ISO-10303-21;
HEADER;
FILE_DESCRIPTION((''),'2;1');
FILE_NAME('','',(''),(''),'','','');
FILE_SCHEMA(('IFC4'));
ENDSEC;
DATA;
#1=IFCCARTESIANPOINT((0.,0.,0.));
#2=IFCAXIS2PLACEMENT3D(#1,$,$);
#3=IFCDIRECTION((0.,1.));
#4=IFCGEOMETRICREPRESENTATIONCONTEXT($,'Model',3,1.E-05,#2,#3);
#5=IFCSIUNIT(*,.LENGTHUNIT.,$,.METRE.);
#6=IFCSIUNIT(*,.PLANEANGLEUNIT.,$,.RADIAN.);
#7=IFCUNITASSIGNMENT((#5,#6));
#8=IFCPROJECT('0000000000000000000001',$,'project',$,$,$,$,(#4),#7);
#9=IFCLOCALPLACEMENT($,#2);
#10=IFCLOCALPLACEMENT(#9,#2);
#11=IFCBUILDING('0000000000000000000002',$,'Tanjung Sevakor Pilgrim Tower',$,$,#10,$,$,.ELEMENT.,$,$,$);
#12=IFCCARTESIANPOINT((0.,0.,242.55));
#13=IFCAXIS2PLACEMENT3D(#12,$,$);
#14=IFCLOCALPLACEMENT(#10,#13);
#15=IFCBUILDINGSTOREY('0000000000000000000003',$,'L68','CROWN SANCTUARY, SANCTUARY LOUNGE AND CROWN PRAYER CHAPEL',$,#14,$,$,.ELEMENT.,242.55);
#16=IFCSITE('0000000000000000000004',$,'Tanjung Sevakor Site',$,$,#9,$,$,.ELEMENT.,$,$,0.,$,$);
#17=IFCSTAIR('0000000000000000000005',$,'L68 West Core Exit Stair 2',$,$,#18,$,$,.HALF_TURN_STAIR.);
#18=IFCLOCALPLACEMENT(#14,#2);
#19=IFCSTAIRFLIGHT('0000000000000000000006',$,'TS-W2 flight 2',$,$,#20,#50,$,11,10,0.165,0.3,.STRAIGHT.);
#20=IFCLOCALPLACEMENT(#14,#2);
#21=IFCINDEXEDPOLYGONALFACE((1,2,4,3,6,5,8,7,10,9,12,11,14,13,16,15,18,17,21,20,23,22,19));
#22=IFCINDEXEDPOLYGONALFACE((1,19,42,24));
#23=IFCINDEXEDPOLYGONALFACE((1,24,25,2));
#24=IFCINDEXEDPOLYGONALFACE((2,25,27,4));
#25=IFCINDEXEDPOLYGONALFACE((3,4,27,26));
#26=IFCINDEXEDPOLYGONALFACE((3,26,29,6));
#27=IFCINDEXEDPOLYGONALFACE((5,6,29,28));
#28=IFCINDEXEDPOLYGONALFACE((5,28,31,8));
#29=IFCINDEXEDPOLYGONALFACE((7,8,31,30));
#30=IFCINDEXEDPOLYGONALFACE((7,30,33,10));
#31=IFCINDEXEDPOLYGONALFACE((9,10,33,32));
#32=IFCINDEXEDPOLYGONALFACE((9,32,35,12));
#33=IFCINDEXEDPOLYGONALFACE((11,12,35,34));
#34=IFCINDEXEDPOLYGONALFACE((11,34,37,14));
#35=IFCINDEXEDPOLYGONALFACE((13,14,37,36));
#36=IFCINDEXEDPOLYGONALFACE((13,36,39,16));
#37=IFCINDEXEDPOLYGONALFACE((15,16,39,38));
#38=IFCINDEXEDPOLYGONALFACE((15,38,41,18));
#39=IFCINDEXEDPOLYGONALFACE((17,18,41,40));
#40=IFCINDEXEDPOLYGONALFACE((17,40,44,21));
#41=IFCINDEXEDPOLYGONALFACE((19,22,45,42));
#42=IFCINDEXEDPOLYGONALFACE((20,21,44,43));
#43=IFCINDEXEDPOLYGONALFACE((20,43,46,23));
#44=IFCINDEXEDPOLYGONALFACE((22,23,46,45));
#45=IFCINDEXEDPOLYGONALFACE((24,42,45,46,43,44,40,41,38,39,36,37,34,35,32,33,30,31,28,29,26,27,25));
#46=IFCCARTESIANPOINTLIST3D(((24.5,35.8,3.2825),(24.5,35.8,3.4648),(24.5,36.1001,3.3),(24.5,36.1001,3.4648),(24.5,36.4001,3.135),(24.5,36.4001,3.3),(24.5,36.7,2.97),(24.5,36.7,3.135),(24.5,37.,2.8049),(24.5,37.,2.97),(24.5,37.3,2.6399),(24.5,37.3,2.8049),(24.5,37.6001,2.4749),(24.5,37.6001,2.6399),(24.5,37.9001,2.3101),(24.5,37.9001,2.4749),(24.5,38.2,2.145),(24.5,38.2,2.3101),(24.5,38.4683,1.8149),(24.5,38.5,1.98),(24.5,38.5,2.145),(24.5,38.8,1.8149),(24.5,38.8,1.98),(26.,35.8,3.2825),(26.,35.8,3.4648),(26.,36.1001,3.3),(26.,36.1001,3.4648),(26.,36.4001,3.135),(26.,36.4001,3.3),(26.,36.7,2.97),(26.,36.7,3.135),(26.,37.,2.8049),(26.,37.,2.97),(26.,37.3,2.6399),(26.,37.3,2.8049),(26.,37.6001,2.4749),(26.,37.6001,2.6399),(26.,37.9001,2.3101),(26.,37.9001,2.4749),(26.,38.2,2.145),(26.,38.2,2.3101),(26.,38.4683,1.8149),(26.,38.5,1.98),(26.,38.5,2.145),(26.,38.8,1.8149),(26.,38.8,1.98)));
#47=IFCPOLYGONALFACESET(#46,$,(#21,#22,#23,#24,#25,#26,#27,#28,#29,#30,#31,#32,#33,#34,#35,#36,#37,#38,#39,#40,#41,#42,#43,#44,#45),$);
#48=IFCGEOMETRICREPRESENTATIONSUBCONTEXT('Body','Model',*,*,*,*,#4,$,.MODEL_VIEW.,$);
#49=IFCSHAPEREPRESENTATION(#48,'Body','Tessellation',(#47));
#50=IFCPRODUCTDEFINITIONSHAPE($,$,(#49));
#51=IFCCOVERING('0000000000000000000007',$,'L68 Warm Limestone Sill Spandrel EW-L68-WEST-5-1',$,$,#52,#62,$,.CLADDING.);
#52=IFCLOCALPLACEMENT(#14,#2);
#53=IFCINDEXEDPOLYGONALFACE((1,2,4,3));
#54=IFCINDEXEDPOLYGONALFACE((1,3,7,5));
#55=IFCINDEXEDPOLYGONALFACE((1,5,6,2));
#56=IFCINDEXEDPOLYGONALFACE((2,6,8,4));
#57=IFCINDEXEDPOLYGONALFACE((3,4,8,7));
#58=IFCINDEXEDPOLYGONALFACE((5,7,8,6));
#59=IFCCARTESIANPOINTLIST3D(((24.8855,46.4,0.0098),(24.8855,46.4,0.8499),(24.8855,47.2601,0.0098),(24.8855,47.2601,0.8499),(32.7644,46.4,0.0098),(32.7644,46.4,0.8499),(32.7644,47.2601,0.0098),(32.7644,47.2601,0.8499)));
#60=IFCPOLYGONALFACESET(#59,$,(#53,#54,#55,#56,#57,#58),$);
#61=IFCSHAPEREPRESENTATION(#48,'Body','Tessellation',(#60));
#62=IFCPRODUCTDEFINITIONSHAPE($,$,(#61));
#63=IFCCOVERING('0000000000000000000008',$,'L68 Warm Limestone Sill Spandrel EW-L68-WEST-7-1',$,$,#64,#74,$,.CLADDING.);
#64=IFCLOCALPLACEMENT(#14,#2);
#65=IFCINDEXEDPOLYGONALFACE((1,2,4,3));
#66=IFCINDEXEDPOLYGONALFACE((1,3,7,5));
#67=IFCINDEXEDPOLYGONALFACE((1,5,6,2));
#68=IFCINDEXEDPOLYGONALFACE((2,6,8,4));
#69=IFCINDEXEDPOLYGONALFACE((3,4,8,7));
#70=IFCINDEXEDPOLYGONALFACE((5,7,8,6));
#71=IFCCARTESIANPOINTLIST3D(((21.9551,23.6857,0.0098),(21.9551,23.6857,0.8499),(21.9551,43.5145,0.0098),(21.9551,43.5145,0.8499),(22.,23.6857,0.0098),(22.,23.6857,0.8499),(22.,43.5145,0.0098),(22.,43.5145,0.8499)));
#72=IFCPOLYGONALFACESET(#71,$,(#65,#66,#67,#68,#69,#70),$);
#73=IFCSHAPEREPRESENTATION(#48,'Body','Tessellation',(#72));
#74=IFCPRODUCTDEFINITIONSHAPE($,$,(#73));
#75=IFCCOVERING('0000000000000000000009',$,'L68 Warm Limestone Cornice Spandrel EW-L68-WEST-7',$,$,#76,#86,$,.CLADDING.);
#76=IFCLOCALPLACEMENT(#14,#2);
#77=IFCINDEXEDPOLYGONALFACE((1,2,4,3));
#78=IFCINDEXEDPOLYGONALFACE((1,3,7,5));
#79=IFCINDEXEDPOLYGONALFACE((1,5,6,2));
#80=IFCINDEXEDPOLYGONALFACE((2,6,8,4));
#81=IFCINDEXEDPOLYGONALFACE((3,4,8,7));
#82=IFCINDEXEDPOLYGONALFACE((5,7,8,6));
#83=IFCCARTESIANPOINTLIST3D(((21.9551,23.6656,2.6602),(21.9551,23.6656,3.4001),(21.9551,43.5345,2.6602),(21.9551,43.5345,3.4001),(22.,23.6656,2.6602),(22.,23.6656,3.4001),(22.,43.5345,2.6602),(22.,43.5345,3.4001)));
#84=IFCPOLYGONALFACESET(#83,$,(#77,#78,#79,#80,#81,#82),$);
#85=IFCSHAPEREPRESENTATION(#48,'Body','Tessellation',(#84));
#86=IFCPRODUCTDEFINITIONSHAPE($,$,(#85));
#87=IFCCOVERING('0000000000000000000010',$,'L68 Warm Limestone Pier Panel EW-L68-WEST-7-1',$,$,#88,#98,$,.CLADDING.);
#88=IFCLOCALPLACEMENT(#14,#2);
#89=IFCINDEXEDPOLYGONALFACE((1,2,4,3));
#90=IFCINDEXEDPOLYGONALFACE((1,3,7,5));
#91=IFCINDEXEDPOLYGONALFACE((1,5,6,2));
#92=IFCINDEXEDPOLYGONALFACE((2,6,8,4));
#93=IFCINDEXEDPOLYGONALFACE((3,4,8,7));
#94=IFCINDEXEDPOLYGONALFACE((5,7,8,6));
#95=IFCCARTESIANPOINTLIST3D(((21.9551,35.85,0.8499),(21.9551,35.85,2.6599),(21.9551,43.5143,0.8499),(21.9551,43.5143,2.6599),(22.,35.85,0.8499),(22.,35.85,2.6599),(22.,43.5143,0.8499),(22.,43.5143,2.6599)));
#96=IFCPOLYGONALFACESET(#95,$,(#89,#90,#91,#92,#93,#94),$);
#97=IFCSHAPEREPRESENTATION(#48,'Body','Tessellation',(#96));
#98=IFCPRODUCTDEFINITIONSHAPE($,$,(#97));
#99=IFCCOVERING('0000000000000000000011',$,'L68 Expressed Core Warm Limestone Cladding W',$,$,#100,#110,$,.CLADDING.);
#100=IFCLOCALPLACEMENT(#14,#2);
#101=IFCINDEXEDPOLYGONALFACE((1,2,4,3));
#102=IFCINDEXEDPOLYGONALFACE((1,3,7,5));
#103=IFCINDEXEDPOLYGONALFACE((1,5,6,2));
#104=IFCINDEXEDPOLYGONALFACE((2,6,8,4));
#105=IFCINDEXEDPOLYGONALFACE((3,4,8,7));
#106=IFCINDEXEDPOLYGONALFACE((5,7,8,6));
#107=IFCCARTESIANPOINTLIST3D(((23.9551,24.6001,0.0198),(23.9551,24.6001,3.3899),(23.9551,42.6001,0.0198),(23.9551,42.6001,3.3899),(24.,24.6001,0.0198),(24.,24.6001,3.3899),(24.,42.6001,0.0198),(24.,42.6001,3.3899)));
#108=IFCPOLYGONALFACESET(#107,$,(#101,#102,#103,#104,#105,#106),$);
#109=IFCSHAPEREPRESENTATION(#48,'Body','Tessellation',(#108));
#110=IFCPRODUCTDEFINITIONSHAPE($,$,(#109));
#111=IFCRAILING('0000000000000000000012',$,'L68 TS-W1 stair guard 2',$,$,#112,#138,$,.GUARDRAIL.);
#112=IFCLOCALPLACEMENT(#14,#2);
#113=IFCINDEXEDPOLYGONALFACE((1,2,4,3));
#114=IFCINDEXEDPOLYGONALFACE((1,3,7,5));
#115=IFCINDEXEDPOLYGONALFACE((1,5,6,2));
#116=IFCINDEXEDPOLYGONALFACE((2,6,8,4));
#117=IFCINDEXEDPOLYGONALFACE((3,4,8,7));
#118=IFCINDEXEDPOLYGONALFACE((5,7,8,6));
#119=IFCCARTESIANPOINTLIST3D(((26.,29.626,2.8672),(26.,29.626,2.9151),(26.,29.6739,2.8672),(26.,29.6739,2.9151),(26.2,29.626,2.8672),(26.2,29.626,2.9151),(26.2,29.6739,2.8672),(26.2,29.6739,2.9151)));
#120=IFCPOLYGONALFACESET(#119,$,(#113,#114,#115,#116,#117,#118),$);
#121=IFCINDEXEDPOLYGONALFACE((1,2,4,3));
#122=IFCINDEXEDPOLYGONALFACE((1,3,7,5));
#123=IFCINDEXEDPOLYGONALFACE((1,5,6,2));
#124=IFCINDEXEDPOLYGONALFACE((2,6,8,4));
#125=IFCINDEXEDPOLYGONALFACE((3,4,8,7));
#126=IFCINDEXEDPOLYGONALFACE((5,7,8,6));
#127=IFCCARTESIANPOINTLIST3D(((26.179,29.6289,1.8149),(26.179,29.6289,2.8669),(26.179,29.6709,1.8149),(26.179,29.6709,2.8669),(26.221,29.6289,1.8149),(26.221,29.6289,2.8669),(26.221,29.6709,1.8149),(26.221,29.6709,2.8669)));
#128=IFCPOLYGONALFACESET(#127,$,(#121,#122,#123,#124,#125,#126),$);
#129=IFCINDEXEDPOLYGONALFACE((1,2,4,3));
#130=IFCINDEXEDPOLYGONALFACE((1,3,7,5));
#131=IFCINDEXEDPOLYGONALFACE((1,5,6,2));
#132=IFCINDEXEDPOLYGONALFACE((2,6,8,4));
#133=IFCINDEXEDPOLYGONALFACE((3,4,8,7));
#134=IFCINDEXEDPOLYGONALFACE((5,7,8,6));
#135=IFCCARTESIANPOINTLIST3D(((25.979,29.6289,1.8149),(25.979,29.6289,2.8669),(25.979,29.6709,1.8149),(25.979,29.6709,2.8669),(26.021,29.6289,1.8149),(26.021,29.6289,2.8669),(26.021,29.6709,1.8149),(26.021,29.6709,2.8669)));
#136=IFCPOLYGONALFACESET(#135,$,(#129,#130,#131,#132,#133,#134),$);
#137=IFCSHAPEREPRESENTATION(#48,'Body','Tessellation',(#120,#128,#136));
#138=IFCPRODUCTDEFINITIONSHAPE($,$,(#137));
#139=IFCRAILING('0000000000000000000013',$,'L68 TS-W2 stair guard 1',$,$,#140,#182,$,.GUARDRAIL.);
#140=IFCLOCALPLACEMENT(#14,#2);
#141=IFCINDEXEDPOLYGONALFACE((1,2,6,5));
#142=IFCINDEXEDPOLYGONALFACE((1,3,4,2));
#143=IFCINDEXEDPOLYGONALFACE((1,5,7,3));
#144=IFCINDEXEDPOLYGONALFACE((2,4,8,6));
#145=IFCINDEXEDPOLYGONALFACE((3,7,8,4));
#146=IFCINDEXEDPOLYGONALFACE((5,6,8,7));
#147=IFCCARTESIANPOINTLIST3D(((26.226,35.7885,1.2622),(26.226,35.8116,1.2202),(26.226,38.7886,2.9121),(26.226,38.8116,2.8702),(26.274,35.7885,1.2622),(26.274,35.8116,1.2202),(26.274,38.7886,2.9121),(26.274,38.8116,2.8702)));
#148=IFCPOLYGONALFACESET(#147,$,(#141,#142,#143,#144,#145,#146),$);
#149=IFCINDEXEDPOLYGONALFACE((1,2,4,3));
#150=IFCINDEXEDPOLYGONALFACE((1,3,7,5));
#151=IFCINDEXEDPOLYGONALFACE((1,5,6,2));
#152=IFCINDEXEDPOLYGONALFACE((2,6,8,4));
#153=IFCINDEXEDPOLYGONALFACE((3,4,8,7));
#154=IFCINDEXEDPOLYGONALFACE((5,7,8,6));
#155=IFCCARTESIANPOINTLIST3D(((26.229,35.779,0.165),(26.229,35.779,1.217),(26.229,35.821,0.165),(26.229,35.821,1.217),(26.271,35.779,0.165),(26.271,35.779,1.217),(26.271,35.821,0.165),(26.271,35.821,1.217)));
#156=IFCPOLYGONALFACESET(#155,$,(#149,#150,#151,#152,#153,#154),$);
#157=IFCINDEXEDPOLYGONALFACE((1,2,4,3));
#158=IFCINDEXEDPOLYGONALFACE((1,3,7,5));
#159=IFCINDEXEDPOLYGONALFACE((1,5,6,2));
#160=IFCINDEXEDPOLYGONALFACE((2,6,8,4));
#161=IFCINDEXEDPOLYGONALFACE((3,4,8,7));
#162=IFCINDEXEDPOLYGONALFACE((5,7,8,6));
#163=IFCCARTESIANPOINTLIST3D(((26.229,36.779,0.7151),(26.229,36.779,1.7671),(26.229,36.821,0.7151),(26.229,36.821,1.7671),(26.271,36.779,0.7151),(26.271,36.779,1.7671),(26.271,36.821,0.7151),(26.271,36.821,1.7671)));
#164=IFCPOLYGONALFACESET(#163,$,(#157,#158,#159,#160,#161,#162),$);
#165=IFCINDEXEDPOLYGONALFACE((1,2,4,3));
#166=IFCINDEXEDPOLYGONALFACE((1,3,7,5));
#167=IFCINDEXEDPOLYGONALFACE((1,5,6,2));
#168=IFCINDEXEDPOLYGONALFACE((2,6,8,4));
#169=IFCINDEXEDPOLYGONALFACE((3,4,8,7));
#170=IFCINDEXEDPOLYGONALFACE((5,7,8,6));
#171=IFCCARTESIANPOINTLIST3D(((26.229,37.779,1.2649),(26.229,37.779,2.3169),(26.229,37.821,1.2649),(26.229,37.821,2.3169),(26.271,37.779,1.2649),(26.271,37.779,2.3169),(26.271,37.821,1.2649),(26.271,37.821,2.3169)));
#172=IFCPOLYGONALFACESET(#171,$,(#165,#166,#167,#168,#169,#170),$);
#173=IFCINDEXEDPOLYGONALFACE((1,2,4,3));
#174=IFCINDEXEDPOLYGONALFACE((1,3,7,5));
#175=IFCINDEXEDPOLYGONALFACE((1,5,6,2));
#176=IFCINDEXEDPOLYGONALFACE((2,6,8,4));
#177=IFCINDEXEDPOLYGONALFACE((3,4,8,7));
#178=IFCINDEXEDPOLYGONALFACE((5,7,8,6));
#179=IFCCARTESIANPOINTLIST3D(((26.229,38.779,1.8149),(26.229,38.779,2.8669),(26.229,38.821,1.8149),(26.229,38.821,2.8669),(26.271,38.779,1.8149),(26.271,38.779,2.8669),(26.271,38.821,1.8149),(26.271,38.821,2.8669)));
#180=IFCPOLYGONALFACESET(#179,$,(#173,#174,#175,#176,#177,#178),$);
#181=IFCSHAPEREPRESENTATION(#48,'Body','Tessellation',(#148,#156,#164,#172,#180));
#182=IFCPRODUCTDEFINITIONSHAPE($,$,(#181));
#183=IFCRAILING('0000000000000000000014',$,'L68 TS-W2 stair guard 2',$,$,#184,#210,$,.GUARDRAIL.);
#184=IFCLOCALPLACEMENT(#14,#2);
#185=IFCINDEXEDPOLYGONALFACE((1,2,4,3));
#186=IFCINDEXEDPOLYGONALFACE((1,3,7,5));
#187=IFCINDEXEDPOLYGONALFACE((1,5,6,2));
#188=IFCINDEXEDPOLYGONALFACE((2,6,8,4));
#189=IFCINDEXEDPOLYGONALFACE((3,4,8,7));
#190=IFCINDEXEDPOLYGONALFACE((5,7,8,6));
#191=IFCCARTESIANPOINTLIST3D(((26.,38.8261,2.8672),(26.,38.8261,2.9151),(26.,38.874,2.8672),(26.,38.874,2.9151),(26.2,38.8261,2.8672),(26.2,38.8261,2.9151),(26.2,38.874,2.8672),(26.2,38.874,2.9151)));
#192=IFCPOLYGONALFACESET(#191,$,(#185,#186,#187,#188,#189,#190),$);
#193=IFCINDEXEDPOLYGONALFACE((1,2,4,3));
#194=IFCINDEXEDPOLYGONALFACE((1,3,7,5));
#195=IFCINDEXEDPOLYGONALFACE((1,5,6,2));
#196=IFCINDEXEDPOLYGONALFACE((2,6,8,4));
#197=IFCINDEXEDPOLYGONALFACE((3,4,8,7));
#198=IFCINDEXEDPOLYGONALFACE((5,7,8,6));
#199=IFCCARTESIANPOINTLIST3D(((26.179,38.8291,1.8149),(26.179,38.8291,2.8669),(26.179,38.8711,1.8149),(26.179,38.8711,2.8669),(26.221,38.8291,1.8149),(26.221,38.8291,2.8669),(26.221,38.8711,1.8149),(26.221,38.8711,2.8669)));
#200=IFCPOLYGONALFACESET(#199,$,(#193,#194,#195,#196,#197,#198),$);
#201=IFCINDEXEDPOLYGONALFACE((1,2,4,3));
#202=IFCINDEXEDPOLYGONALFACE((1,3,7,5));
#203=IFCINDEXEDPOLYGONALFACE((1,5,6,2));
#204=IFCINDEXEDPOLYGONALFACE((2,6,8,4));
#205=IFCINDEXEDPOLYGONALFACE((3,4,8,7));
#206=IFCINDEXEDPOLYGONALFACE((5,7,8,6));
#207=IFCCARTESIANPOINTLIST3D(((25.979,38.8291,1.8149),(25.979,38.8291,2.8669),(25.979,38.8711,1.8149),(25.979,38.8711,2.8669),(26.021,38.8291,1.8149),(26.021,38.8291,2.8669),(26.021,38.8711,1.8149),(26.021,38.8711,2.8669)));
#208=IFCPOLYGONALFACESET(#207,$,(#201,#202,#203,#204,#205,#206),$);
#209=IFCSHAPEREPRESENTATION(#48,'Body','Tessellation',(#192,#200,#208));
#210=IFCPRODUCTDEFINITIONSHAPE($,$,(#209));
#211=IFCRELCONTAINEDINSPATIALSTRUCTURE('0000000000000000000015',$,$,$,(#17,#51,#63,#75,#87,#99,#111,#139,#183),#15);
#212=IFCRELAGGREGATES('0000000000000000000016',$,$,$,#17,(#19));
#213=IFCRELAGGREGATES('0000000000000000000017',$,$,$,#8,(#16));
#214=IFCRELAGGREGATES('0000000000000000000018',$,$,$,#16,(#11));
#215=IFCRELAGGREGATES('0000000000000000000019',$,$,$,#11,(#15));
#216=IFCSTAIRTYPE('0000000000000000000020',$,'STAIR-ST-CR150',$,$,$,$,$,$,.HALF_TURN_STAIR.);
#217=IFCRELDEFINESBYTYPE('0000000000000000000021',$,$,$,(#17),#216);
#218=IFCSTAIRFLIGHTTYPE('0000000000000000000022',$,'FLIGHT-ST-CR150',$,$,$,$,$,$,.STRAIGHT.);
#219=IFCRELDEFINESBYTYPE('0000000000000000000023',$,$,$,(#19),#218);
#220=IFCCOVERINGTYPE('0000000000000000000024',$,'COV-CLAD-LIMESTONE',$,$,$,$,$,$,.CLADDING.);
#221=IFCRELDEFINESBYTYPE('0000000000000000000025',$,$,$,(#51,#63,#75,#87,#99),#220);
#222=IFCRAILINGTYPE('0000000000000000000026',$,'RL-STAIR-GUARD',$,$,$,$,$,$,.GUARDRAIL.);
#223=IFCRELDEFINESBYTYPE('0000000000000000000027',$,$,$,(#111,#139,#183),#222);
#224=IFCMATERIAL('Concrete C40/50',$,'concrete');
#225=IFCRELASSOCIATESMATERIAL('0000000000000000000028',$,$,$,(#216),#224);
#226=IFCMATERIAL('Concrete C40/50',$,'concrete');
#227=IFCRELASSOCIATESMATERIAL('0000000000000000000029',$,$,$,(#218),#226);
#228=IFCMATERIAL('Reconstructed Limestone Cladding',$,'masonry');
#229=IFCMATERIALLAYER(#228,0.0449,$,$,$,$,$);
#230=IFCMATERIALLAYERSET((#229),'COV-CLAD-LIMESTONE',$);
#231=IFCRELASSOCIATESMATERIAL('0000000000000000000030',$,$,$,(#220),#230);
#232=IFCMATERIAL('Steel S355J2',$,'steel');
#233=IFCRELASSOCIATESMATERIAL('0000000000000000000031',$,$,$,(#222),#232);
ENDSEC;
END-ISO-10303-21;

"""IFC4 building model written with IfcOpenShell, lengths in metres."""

from ifc_helpers import new_model, si_unit, direction, frame, origin, origin_2d, place, context, subcontext, project, spatial, polyline, rectangle, outline, extrude, material, layer, layer_set, type_object, element, aggregate, save


model = new_model("IFC4")

# Units and contexts
model_context = context("Model", 3, precision=1e-05, world=origin(), true_north=direction((0.0, 1.0)))
body_context = subcontext(model_context, "Body", "Model", "MODEL_VIEW")
ifc_project = project(units=[si_unit("LENGTHUNIT", "METRE"), si_unit("PLANEANGLEUNIT", "RADIAN")], contexts=[model_context])

# Site, building, storey
site_placement = place(None, origin())
site = spatial("IfcSite", under=ifc_project, at=site_placement, Name="Tanjung Sevakor Site", CompositionType="ELEMENT", RefElevation=0.0)
building_placement = place(site_placement, origin())
building = spatial("IfcBuilding", under=site, at=building_placement, Name="Tanjung Sevakor Pilgrim Tower", CompositionType="ELEMENT")
storey_placement = place(building_placement, frame((0.0, 0.0, 242.55)))
storey = spatial("IfcBuildingStorey", under=building, at=storey_placement, Name="L68", Description="CROWN SANCTUARY, SANCTUARY LOUNGE AND CROWN PRAYER CHAPEL", CompositionType="ELEMENT", Elevation=242.55)

# Stair, stair flight
ifc_material_1 = material(Name="Concrete C40/50", Category="concrete")
stair_type = type_object("IfcStairType", Name="STAIR-ST-CR150", PredefinedType="HALF_TURN_STAIR", material=ifc_material_1)
stair_placement = place(storey_placement, origin())
stair = element("IfcStair", 1, at=stair_placement, inside=storey, type_object=stair_type, Name="L68 West Core Exit Stair 2", PredefinedType="HALF_TURN_STAIR")
ifc_material_2 = material(Name="Concrete C40/50", Category="concrete")
stair_flight_type = type_object("IfcStairFlightType", Name="FLIGHT-ST-CR150", PredefinedType="STRAIGHT", material=ifc_material_2)
stair_flight_1_placement = place(storey_placement, frame((25.25, 38.8, 1.8149), z_axis=(0.0, 0.0, 1.0), x_axis=(0.0, -1.0, 0.0)))
stair_flight_1 = element("IfcStairFlight", 2, at=stair_flight_1_placement, type_object=stair_flight_type, Name="TS-W2 flight 2", NumberOfRisers=11, NumberOfTreads=10, PredefinedType="STRAIGHT", RiserHeight=0.165, TreadLength=0.3, context=body_context, shape_type="SweptSolid", body=[
    extrude(outline(polyline([(0.0, 0.0), (0.0, 0.165), (0.3, 0.165), (0.3, 0.3301), (0.6001, 0.3301), (0.6001, 0.4951), (0.8999, 0.4951), (0.8999, 0.6599), (1.2, 0.6599), (1.2, 0.825), (1.5, 0.825), (1.5, 0.99), (1.8, 0.99), (1.8, 1.155), (2.1001, 1.155), (2.1001, 1.3201), (2.3999, 1.3201), (2.3999, 1.4851), (2.7, 1.4851), (2.7, 1.6499), (3.0, 1.6499), (3.0, 1.8149), (3.0, 1.4675), (0.3318, 0.0), (0.0, 0.0)])), frame((0.0, 0.75, 0.0), z_axis=(0.0, -1.0, 0.0), x_axis=(1.0, 0.0, 0.0)), (0.0, 0.0, 1.0), 1.5),
])
aggregate(stair, [stair_flight_1])

# Coverings
ifc_material_3 = material(Name="Reconstructed Limestone Cladding", Category="masonry")
ifc_layer_1 = layer(ifc_material_3, 0.0449)
ifc_layer_set_1 = layer_set([ifc_layer_1], Name="COV-CLAD-LIMESTONE")
covering_type = type_object("IfcCoveringType", Name="COV-CLAD-LIMESTONE", PredefinedType="CLADDING", material=ifc_layer_set_1)
covering_1_placement = place(storey_placement, frame((28.825, 46.8301, 0.0098), z_axis=(0.0, 0.0, 1.0), x_axis=(-1.0, 0.0, 0.0)))
element("IfcCovering", 3, at=covering_1_placement, inside=storey, type_object=covering_type, Name="L68 Warm Limestone Sill Spandrel EW-L68-WEST-5-1", PredefinedType="CLADDING", context=body_context, shape_type="SweptSolid", body=[
    extrude(rectangle(XDim=7.8789, YDim=0.8601, at=origin_2d()), origin(), (0.0, 0.0, 1.0), 0.8401),
])
covering_2_placement = place(storey_placement, frame((21.9775, 33.6001, 0.0098), z_axis=(0.0, 0.0, 1.0), x_axis=(0.0, -1.0, 0.0)))
element("IfcCovering", 4, at=covering_2_placement, inside=storey, type_object=covering_type, Name="L68 Warm Limestone Sill Spandrel EW-L68-WEST-7-1", PredefinedType="CLADDING", context=body_context, shape_type="SweptSolid", body=[
    extrude(rectangle(XDim=19.8289, YDim=0.0449, at=origin_2d()), origin(), (0.0, 0.0, 1.0), 0.8401),
])
covering_3_placement = place(storey_placement, frame((21.9775, 33.6001, 2.6602), z_axis=(0.0, 0.0, 1.0), x_axis=(0.0, -1.0, 0.0)))
element("IfcCovering", 5, at=covering_3_placement, inside=storey, type_object=covering_type, Name="L68 Warm Limestone Cornice Spandrel EW-L68-WEST-7", PredefinedType="CLADDING", context=body_context, shape_type="SweptSolid", body=[
    extrude(rectangle(XDim=19.8689, YDim=0.0449, at=origin_2d()), origin(), (0.0, 0.0, 1.0), 0.74),
])
covering_4_placement = place(storey_placement, frame((21.9775, 39.6821, 0.8499), z_axis=(0.0, 0.0, 1.0), x_axis=(0.0, -1.0, 0.0)))
element("IfcCovering", 6, at=covering_4_placement, inside=storey, type_object=covering_type, Name="L68 Warm Limestone Pier Panel EW-L68-WEST-7-1", PredefinedType="CLADDING", context=body_context, shape_type="SweptSolid", body=[
    extrude(rectangle(XDim=7.6643, YDim=0.0449, at=origin_2d()), origin(), (0.0, 0.0, 1.0), 1.8101),
])
covering_5_placement = place(storey_placement, frame((23.9775, 33.6001, 0.0198), z_axis=(0.0, 0.0, 1.0), x_axis=(1.0, 0.0, 0.0)))
element("IfcCovering", 7, at=covering_5_placement, inside=storey, type_object=covering_type, Name="L68 Expressed Core Warm Limestone Cladding W", PredefinedType="CLADDING", context=body_context, shape_type="SweptSolid", body=[
    extrude(rectangle(XDim=0.0449, YDim=18.0, at=origin_2d()), origin(), (0.0, 0.0, 1.0), 3.3701),
])

# Railings
ifc_material_4 = material(Name="Steel S355J2", Category="steel")
railing_type_1 = type_object("IfcRailingType", Name="RL-STAIR-GUARD", PredefinedType="GUARDRAIL", material=ifc_material_4)
railing_1_placement = place(storey_placement, frame((26.2, 29.6499, 1.8149)))
element("IfcRailing", 8, at=railing_1_placement, inside=storey, type_object=railing_type_1, Name="L68 TS-W1 stair guard 2", PredefinedType="GUARDRAIL", context=body_context, shape_type="SweptSolid", body=[
    extrude(rectangle(XDim=0.0479, YDim=0.0479), frame((0.0, 0.0, 1.0762), z_axis=(-1.0, 0.0, 0.0), x_axis=(0.0, -1.0, 0.0)), (0.0, 0.0, 1.0), 0.2),
    extrude(rectangle(XDim=0.042, YDim=0.042), origin(), (0.0, 0.0, 1.0), 1.052),
    extrude(rectangle(XDim=0.042, YDim=0.042), frame((-0.2, 0.0, 0.0)), (0.0, 0.0, 1.0), 1.052),
])
railing_2_placement = place(storey_placement, frame((26.25, 35.8, 0.165)))
element("IfcRailing", 9, at=railing_2_placement, inside=storey, type_object=railing_type_1, Name="L68 TS-W2 stair guard 1", PredefinedType="GUARDRAIL", context=body_context, shape_type="SweptSolid", body=[
    extrude(rectangle(XDim=0.0479, YDim=0.0479), frame((0.0, 0.0, 1.0762), z_axis=(0.0, 0.876228, 0.481897), x_axis=(-1.0, 0.0, 0.0)), (0.0, 0.0, 1.0), 3.4238),
    extrude(rectangle(XDim=0.042, YDim=0.042), origin(), (0.0, 0.0, 1.0), 1.052),
    extrude(rectangle(XDim=0.042, YDim=0.042), frame((0.0, 1.0, 0.55)), (0.0, 0.0, 1.0), 1.052),
    extrude(rectangle(XDim=0.042, YDim=0.042), frame((0.0, 2.0, 1.0999)), (0.0, 0.0, 1.0), 1.052),
    extrude(rectangle(XDim=0.042, YDim=0.042), frame((0.0, 3.0, 1.6499)), (0.0, 0.0, 1.0), 1.052),
])
railing_3_placement = place(storey_placement, frame((26.2, 38.8501, 1.8149)))
element("IfcRailing", 10, at=railing_3_placement, inside=storey, type_object=railing_type_1, Name="L68 TS-W2 stair guard 2", PredefinedType="GUARDRAIL", context=body_context, shape_type="SweptSolid", body=[
    extrude(rectangle(XDim=0.0479, YDim=0.0479), frame((0.0, 0.0, 1.0762), z_axis=(-1.0, 0.0, 0.0), x_axis=(0.0, -1.0, 0.0)), (0.0, 0.0, 1.0), 0.2),
    extrude(rectangle(XDim=0.042, YDim=0.042), origin(), (0.0, 0.0, 1.0), 1.052),
    extrude(rectangle(XDim=0.042, YDim=0.042), frame((-0.2, 0.0, 0.0)), (0.0, 0.0, 1.0), 1.052),
])

save(model, "model.ifc")
